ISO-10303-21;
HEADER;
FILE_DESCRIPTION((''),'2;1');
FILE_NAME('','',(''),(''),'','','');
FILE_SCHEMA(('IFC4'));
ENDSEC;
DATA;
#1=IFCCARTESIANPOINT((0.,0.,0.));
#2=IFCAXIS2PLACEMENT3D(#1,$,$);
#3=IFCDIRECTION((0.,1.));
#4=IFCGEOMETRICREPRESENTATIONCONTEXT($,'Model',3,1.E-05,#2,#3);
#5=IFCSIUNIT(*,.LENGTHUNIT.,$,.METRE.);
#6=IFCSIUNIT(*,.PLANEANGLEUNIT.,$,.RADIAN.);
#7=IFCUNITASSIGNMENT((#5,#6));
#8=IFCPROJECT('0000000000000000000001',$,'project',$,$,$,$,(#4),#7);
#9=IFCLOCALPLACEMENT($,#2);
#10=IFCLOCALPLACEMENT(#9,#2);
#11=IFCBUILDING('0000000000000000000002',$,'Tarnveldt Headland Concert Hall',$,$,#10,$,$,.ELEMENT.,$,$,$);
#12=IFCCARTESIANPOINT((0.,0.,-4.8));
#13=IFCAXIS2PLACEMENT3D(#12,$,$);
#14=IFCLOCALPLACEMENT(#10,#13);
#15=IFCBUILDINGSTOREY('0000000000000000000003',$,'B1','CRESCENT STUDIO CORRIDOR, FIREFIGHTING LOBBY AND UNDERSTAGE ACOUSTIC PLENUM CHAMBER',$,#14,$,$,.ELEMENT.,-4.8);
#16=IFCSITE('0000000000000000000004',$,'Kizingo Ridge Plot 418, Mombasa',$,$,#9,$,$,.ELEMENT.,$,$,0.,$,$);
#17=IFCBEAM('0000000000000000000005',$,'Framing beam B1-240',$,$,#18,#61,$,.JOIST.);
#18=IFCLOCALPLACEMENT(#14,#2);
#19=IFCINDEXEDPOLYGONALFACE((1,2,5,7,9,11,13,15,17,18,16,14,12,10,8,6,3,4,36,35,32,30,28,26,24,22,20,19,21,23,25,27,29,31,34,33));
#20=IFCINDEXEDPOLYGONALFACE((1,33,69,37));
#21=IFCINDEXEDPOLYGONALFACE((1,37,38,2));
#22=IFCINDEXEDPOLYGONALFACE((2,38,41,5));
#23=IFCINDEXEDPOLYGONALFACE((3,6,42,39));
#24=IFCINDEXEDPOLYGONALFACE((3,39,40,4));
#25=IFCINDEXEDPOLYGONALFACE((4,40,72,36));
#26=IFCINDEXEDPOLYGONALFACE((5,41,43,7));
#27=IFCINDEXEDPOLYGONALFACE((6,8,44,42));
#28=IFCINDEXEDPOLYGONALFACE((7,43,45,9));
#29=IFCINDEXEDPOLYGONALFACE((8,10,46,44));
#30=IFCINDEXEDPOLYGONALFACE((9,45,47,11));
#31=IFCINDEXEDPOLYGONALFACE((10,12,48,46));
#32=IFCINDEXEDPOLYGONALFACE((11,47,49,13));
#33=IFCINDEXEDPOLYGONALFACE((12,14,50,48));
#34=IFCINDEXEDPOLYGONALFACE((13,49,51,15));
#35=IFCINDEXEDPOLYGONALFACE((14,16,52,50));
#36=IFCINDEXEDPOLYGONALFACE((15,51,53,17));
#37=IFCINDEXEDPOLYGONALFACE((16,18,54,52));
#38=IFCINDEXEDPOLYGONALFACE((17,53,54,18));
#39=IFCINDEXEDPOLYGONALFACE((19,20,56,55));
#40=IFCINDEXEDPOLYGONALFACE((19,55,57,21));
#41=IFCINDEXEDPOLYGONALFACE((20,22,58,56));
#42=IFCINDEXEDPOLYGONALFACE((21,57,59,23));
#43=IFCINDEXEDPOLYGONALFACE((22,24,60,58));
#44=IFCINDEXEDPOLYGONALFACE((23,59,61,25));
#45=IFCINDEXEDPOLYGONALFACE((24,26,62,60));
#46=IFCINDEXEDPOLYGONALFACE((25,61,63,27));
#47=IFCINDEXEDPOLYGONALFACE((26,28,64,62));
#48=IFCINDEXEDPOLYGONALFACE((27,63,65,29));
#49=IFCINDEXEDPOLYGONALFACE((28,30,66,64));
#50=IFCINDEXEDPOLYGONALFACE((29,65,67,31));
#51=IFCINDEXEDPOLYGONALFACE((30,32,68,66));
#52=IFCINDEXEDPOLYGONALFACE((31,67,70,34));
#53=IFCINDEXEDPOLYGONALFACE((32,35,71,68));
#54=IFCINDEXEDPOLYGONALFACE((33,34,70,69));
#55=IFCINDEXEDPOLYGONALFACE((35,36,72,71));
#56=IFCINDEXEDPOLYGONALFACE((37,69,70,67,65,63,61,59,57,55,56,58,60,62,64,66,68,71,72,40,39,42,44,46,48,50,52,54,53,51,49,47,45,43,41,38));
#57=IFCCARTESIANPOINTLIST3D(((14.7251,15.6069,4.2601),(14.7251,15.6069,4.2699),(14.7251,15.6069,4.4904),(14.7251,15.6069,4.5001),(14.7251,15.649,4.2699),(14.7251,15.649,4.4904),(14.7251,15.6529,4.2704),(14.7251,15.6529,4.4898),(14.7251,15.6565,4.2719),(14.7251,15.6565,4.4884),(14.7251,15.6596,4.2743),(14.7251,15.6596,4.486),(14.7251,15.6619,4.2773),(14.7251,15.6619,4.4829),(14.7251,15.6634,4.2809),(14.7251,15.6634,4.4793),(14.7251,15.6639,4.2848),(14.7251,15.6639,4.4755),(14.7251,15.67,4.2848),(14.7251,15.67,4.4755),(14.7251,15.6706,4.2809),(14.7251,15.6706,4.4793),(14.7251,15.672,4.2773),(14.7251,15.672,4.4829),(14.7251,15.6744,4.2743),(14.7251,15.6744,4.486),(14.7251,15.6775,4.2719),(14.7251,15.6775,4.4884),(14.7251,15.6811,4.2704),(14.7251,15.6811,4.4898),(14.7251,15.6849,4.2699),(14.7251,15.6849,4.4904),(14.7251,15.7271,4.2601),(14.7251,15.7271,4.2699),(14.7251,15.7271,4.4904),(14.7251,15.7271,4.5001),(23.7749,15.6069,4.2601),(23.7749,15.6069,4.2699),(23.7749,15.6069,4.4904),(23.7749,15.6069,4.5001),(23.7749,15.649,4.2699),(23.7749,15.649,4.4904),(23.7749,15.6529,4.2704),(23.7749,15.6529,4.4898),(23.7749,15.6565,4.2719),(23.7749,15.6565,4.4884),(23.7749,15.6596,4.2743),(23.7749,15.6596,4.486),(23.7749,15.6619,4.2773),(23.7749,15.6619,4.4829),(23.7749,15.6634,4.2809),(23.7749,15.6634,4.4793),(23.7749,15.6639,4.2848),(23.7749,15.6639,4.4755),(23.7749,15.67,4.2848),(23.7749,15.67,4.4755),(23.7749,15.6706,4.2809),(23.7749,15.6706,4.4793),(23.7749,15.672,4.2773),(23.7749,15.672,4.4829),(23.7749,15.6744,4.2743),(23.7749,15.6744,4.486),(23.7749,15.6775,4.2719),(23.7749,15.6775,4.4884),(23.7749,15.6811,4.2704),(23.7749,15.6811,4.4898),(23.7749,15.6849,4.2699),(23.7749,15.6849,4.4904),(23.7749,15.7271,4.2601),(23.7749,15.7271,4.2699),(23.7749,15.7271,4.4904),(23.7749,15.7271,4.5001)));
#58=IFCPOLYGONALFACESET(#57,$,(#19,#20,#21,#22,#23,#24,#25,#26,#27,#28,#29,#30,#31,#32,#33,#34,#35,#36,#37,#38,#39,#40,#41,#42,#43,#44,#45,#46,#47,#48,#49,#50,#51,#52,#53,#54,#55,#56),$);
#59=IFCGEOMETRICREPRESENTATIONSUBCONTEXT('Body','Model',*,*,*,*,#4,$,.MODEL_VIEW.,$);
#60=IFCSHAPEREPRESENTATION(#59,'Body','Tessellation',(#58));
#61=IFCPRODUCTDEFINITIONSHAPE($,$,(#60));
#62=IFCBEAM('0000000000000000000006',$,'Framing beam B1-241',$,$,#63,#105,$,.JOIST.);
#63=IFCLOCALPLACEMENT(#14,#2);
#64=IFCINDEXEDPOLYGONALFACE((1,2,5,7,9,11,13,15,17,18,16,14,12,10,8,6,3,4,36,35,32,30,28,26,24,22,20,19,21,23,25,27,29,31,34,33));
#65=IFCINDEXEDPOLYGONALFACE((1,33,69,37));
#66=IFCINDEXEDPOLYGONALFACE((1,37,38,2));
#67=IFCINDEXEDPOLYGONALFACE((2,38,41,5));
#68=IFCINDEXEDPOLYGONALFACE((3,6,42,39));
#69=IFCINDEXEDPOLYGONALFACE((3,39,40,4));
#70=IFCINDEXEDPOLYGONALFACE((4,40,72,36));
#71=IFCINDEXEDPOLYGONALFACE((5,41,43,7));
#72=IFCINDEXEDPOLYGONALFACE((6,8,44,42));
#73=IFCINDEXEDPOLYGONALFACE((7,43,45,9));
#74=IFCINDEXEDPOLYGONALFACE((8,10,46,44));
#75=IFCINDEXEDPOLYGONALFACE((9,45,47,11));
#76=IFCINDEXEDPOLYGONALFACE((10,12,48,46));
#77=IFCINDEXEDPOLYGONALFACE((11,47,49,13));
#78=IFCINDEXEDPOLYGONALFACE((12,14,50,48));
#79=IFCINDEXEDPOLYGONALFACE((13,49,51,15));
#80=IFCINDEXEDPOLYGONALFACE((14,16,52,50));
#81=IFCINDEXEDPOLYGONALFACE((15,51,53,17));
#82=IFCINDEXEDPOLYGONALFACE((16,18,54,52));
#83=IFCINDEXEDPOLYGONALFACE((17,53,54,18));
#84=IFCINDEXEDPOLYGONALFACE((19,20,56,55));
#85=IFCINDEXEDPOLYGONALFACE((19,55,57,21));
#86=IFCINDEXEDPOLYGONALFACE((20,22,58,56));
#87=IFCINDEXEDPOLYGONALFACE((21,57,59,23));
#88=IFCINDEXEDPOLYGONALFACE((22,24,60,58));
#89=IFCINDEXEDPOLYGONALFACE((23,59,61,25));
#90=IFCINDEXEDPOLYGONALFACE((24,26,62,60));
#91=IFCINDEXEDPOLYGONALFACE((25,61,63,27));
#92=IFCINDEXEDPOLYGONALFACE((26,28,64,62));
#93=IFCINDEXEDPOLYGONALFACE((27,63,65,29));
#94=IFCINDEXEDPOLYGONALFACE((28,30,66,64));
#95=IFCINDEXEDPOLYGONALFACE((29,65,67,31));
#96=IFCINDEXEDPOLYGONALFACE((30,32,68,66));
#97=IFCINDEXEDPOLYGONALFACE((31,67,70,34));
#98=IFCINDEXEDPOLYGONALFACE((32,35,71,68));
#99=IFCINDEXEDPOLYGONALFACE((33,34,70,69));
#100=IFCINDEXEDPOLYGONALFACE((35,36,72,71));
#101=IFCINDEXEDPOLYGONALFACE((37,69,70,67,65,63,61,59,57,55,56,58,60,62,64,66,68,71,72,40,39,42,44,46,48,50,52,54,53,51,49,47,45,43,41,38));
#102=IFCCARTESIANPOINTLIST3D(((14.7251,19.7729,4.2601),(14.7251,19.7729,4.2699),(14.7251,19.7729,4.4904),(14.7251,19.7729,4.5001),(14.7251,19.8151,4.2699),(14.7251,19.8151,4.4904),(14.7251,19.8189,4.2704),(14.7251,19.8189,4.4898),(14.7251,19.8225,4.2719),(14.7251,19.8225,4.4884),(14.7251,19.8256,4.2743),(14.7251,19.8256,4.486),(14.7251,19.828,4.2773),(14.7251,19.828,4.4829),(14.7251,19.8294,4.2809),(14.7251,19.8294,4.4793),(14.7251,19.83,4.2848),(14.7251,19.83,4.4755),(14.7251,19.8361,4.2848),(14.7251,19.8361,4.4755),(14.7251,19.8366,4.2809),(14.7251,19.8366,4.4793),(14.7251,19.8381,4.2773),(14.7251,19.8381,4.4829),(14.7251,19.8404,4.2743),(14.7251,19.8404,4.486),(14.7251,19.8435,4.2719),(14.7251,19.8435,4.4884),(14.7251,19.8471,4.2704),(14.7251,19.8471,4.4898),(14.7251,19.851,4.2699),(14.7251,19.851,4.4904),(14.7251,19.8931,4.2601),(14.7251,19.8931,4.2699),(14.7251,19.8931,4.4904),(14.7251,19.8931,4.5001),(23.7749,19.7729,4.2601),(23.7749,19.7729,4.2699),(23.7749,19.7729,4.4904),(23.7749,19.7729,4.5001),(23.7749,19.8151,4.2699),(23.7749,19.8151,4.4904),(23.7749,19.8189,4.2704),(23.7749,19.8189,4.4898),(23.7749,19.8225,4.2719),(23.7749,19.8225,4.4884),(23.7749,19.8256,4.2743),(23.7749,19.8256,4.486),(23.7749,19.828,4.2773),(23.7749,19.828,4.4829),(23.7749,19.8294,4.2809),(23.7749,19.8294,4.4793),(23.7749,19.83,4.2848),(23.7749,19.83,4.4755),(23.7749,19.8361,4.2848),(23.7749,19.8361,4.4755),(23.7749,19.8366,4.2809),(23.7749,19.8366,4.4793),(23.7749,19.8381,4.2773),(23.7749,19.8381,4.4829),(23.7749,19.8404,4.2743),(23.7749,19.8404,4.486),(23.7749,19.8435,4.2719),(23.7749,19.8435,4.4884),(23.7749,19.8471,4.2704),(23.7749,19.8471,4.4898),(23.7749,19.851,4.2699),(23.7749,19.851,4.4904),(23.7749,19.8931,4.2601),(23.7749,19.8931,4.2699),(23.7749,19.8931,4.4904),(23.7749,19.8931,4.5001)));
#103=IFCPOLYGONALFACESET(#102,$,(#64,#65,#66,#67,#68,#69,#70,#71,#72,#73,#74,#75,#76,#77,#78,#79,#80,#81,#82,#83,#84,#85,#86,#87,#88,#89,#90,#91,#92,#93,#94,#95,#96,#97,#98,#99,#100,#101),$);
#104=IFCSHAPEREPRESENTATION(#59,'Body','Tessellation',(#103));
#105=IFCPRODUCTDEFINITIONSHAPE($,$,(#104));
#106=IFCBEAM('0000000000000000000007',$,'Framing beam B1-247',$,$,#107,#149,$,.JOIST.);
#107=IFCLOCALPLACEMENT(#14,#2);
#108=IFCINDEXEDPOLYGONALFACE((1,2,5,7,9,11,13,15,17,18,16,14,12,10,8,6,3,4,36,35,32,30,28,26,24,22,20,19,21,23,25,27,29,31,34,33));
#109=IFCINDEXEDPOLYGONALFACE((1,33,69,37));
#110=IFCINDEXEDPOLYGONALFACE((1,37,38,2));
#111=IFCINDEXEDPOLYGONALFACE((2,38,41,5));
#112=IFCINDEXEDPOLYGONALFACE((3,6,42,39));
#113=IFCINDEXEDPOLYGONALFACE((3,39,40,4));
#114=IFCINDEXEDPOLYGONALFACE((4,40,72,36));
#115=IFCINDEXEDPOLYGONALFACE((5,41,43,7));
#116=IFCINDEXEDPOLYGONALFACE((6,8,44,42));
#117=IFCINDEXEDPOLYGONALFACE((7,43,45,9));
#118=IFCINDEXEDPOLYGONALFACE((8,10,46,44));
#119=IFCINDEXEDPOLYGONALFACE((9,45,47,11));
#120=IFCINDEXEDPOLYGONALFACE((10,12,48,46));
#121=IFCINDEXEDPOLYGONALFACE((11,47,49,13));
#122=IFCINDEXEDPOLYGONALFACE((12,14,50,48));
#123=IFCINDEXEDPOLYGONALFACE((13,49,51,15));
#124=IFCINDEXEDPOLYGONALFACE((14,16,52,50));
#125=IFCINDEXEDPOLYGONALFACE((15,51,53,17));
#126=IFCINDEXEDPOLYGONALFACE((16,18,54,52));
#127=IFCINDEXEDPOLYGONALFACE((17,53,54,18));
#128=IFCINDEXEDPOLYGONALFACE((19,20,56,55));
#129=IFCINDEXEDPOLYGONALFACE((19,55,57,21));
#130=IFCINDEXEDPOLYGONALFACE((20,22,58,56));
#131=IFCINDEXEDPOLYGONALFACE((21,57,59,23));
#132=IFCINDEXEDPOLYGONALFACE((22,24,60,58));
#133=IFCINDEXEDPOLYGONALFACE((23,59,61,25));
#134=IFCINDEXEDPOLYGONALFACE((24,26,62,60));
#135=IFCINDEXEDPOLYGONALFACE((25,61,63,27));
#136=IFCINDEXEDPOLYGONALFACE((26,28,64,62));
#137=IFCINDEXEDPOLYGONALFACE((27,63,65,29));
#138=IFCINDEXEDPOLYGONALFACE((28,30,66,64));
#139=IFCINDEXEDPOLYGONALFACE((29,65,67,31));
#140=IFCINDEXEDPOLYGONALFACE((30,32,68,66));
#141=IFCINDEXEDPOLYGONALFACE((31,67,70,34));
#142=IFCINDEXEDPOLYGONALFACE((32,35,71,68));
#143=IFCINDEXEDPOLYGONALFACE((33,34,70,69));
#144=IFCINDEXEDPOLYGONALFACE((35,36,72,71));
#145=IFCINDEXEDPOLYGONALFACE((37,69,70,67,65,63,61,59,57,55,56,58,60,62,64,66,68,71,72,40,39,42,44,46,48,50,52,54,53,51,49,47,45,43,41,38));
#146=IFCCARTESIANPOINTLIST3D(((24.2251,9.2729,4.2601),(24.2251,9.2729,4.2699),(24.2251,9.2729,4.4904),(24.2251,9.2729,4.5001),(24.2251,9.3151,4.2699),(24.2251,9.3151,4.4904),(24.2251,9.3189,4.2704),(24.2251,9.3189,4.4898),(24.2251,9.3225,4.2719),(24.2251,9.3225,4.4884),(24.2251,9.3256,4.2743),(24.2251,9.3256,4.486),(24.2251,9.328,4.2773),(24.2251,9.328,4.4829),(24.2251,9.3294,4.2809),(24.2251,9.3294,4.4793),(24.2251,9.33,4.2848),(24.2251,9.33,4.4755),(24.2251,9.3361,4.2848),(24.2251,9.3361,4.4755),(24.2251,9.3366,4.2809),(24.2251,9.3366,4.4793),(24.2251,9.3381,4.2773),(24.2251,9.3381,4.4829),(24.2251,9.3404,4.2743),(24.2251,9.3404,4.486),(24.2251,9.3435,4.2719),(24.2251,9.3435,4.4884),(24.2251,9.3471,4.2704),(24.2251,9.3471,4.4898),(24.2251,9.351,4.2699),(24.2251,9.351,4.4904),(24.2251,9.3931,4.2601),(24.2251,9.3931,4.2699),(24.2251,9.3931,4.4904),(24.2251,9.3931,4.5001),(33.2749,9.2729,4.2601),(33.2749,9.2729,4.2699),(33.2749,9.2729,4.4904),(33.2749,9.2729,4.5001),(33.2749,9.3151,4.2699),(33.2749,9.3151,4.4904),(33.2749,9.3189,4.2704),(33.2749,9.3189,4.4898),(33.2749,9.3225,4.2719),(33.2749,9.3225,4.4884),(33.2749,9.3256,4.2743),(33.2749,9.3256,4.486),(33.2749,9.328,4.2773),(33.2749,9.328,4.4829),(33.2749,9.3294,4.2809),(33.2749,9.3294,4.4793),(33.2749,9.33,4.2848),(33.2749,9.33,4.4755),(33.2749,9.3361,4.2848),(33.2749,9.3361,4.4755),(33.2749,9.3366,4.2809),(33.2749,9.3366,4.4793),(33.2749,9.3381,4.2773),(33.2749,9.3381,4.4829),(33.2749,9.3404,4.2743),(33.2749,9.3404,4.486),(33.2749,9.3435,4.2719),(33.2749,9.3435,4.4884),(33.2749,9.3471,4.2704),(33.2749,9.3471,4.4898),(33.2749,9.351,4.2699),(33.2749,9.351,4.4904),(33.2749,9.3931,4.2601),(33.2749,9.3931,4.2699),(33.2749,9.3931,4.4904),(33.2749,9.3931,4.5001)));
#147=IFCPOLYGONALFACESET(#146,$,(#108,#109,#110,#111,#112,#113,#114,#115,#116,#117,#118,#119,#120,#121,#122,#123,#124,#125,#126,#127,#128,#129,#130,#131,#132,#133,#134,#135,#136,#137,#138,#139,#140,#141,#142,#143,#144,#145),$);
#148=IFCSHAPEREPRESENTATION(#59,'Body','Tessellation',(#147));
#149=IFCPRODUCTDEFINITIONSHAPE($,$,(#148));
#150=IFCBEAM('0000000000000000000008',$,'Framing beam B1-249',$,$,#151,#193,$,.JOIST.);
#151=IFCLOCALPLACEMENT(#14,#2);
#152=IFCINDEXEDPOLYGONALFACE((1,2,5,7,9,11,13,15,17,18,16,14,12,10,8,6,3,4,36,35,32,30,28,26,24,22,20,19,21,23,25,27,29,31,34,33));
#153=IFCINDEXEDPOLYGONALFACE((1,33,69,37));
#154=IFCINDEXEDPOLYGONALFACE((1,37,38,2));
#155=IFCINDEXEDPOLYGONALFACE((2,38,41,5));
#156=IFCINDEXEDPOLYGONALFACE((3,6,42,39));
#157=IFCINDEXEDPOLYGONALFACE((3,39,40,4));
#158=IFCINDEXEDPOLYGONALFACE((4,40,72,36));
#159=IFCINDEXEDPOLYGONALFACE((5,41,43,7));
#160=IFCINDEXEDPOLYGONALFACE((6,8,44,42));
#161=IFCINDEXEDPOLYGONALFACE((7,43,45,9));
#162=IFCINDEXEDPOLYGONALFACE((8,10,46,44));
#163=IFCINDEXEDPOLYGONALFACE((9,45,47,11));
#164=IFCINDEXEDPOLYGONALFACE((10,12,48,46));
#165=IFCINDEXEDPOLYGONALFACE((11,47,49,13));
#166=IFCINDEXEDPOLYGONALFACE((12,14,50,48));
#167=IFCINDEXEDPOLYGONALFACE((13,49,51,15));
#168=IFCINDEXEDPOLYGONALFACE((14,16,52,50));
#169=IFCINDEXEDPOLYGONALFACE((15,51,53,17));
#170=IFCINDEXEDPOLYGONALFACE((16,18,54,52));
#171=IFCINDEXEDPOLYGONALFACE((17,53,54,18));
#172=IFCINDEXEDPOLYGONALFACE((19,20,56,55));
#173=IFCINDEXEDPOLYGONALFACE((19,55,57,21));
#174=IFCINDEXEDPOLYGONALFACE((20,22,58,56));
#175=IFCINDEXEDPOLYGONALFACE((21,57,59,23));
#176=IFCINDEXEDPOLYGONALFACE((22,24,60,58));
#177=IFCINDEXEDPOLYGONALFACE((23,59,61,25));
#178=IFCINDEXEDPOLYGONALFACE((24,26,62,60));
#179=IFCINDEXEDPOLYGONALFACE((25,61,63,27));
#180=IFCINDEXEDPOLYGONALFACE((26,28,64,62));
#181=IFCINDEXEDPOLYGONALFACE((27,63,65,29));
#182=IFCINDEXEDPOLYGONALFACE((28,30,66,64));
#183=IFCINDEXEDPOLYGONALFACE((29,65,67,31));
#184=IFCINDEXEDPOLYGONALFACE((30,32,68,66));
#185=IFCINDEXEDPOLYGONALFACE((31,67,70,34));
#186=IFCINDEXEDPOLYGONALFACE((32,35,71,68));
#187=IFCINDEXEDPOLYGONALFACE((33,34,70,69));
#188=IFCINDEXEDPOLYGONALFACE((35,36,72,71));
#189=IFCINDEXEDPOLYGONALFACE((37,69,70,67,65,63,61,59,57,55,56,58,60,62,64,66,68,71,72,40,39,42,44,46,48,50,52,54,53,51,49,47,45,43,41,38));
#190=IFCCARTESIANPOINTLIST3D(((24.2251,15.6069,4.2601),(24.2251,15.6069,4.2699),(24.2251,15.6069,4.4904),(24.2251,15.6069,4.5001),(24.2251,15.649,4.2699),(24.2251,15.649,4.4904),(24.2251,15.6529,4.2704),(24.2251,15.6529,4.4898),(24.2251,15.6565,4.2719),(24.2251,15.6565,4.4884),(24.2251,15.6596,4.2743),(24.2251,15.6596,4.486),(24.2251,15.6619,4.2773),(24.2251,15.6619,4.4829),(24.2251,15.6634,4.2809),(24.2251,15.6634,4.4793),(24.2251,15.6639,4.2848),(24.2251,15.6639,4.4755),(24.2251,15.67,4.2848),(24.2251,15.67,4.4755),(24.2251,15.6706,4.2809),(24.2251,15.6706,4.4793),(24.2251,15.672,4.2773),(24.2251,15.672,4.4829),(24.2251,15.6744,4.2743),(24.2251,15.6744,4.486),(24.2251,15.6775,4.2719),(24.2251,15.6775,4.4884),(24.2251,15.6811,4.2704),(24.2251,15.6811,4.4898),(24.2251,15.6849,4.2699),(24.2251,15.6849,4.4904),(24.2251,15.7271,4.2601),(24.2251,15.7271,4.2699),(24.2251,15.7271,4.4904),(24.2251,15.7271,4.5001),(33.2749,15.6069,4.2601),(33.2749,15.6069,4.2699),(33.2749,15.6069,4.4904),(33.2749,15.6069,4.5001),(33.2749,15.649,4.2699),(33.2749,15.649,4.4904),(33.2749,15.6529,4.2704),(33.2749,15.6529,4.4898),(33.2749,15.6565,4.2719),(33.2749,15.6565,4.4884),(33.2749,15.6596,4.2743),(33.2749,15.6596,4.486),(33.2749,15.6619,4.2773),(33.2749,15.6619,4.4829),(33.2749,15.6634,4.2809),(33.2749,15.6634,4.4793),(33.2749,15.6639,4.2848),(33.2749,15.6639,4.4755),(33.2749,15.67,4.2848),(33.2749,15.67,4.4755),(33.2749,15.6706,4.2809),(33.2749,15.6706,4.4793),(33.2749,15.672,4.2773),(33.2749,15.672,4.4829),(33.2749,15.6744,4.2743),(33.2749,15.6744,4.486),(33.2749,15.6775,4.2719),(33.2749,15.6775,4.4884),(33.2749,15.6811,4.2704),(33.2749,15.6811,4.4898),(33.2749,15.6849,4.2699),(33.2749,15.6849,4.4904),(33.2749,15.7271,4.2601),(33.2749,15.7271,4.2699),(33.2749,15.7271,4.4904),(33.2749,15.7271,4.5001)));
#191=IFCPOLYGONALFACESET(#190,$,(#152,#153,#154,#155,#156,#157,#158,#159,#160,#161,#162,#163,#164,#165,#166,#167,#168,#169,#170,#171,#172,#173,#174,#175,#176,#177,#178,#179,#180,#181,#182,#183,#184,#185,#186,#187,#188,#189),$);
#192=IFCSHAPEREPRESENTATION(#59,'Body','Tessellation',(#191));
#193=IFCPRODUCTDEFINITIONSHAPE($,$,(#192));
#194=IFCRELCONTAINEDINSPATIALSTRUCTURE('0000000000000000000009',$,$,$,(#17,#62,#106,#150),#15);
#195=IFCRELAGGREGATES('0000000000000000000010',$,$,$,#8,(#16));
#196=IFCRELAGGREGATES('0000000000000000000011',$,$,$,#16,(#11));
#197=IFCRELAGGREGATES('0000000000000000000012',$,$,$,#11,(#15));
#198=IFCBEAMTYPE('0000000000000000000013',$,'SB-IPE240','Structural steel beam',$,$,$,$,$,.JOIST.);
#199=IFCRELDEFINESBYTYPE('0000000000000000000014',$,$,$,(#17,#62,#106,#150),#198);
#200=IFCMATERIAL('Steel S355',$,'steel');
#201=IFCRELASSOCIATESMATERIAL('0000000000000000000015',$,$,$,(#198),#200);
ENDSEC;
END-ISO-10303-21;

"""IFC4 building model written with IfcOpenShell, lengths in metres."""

from ifc_helpers import new_model, si_unit, direction, frame, origin, origin_2d, place, context, subcontext, project, spatial, i_section, extrude, material, material_profile, profile_set, type_object, element, save


model = new_model("IFC4")

# Units and contexts
model_context = context("Model", 3, precision=1e-05, world=origin(), true_north=direction((0.0, 1.0)))
body_context = subcontext(model_context, "Body", "Model", "MODEL_VIEW")
ifc_project = project(units=[si_unit("LENGTHUNIT", "METRE"), si_unit("PLANEANGLEUNIT", "RADIAN")], contexts=[model_context])

# Site, building, storey
site_placement = place(None, origin())
site = spatial("IfcSite", under=ifc_project, at=site_placement, Name="Kizingo Ridge Plot 418, Mombasa", CompositionType="ELEMENT", RefElevation=0.0)
building_placement = place(site_placement, origin())
building = spatial("IfcBuilding", under=site, at=building_placement, Name="Tarnveldt Headland Concert Hall", CompositionType="ELEMENT")
storey_placement = place(building_placement, frame((0.0, 0.0, -4.8)))
storey = spatial("IfcBuildingStorey", under=building, at=storey_placement, Name="B1", Description="CRESCENT STUDIO CORRIDOR, FIREFIGHTING LOBBY AND UNDERSTAGE ACOUSTIC PLENUM CHAMBER", CompositionType="ELEMENT", Elevation=-4.8)

# Shared definitions
ifc_material_1 = material(Name="Steel S355", Category="steel")

# Beams
ifc_material_profile_1 = material_profile(ifc_material_1, i_section(OverallWidth=0.1201, OverallDepth=0.24, WebThickness=0.0061, FlangeThickness=0.0098, FilletRadius=0.0149, at=origin_2d()), Name="IPE240", Category="steel")
ifc_profile_set_1 = profile_set([ifc_material_profile_1], Name="Steel S355")
beam_type_1 = type_object("IfcBeamType", Name="SB-IPE240", Description="Structural steel beam", PredefinedType="JOIST", material=ifc_profile_set_1)
for number, where, z_axis, x_axis, name in (
    (1, (14.7251, 15.667, 4.3801), (1.0, 0.0, 0.0), (0.0, 1.0, 0.0), "Framing beam B1-240"),
    (2, (14.7251, 19.833, 4.3801), (1.0, 0.0, 0.0), (0.0, 1.0, 0.0), "Framing beam B1-241"),
    (3, (24.2251, 9.333, 4.3801), (1.0, 0.0, 0.0), (0.0, 1.0, 0.0), "Framing beam B1-247"),
    (4, (24.2251, 15.667, 4.3801), (1.0, 0.0, 0.0), (0.0, 1.0, 0.0), "Framing beam B1-249"),
):
    element("IfcBeam", number, at=place(storey_placement, frame(where, z_axis=z_axis, x_axis=x_axis)), inside=storey, type_object=beam_type_1, Name=name, PredefinedType="JOIST", context=body_context, shape_type="SweptSolid", body=[
        extrude(i_section(OverallWidth=0.1201, OverallDepth=0.24, WebThickness=0.0061, FlangeThickness=0.0098, FilletRadius=0.0149, at=origin_2d()), origin(), (0.0, 0.0, 1.0), 9.0498),
    ])

save(model, "model.ifc")
